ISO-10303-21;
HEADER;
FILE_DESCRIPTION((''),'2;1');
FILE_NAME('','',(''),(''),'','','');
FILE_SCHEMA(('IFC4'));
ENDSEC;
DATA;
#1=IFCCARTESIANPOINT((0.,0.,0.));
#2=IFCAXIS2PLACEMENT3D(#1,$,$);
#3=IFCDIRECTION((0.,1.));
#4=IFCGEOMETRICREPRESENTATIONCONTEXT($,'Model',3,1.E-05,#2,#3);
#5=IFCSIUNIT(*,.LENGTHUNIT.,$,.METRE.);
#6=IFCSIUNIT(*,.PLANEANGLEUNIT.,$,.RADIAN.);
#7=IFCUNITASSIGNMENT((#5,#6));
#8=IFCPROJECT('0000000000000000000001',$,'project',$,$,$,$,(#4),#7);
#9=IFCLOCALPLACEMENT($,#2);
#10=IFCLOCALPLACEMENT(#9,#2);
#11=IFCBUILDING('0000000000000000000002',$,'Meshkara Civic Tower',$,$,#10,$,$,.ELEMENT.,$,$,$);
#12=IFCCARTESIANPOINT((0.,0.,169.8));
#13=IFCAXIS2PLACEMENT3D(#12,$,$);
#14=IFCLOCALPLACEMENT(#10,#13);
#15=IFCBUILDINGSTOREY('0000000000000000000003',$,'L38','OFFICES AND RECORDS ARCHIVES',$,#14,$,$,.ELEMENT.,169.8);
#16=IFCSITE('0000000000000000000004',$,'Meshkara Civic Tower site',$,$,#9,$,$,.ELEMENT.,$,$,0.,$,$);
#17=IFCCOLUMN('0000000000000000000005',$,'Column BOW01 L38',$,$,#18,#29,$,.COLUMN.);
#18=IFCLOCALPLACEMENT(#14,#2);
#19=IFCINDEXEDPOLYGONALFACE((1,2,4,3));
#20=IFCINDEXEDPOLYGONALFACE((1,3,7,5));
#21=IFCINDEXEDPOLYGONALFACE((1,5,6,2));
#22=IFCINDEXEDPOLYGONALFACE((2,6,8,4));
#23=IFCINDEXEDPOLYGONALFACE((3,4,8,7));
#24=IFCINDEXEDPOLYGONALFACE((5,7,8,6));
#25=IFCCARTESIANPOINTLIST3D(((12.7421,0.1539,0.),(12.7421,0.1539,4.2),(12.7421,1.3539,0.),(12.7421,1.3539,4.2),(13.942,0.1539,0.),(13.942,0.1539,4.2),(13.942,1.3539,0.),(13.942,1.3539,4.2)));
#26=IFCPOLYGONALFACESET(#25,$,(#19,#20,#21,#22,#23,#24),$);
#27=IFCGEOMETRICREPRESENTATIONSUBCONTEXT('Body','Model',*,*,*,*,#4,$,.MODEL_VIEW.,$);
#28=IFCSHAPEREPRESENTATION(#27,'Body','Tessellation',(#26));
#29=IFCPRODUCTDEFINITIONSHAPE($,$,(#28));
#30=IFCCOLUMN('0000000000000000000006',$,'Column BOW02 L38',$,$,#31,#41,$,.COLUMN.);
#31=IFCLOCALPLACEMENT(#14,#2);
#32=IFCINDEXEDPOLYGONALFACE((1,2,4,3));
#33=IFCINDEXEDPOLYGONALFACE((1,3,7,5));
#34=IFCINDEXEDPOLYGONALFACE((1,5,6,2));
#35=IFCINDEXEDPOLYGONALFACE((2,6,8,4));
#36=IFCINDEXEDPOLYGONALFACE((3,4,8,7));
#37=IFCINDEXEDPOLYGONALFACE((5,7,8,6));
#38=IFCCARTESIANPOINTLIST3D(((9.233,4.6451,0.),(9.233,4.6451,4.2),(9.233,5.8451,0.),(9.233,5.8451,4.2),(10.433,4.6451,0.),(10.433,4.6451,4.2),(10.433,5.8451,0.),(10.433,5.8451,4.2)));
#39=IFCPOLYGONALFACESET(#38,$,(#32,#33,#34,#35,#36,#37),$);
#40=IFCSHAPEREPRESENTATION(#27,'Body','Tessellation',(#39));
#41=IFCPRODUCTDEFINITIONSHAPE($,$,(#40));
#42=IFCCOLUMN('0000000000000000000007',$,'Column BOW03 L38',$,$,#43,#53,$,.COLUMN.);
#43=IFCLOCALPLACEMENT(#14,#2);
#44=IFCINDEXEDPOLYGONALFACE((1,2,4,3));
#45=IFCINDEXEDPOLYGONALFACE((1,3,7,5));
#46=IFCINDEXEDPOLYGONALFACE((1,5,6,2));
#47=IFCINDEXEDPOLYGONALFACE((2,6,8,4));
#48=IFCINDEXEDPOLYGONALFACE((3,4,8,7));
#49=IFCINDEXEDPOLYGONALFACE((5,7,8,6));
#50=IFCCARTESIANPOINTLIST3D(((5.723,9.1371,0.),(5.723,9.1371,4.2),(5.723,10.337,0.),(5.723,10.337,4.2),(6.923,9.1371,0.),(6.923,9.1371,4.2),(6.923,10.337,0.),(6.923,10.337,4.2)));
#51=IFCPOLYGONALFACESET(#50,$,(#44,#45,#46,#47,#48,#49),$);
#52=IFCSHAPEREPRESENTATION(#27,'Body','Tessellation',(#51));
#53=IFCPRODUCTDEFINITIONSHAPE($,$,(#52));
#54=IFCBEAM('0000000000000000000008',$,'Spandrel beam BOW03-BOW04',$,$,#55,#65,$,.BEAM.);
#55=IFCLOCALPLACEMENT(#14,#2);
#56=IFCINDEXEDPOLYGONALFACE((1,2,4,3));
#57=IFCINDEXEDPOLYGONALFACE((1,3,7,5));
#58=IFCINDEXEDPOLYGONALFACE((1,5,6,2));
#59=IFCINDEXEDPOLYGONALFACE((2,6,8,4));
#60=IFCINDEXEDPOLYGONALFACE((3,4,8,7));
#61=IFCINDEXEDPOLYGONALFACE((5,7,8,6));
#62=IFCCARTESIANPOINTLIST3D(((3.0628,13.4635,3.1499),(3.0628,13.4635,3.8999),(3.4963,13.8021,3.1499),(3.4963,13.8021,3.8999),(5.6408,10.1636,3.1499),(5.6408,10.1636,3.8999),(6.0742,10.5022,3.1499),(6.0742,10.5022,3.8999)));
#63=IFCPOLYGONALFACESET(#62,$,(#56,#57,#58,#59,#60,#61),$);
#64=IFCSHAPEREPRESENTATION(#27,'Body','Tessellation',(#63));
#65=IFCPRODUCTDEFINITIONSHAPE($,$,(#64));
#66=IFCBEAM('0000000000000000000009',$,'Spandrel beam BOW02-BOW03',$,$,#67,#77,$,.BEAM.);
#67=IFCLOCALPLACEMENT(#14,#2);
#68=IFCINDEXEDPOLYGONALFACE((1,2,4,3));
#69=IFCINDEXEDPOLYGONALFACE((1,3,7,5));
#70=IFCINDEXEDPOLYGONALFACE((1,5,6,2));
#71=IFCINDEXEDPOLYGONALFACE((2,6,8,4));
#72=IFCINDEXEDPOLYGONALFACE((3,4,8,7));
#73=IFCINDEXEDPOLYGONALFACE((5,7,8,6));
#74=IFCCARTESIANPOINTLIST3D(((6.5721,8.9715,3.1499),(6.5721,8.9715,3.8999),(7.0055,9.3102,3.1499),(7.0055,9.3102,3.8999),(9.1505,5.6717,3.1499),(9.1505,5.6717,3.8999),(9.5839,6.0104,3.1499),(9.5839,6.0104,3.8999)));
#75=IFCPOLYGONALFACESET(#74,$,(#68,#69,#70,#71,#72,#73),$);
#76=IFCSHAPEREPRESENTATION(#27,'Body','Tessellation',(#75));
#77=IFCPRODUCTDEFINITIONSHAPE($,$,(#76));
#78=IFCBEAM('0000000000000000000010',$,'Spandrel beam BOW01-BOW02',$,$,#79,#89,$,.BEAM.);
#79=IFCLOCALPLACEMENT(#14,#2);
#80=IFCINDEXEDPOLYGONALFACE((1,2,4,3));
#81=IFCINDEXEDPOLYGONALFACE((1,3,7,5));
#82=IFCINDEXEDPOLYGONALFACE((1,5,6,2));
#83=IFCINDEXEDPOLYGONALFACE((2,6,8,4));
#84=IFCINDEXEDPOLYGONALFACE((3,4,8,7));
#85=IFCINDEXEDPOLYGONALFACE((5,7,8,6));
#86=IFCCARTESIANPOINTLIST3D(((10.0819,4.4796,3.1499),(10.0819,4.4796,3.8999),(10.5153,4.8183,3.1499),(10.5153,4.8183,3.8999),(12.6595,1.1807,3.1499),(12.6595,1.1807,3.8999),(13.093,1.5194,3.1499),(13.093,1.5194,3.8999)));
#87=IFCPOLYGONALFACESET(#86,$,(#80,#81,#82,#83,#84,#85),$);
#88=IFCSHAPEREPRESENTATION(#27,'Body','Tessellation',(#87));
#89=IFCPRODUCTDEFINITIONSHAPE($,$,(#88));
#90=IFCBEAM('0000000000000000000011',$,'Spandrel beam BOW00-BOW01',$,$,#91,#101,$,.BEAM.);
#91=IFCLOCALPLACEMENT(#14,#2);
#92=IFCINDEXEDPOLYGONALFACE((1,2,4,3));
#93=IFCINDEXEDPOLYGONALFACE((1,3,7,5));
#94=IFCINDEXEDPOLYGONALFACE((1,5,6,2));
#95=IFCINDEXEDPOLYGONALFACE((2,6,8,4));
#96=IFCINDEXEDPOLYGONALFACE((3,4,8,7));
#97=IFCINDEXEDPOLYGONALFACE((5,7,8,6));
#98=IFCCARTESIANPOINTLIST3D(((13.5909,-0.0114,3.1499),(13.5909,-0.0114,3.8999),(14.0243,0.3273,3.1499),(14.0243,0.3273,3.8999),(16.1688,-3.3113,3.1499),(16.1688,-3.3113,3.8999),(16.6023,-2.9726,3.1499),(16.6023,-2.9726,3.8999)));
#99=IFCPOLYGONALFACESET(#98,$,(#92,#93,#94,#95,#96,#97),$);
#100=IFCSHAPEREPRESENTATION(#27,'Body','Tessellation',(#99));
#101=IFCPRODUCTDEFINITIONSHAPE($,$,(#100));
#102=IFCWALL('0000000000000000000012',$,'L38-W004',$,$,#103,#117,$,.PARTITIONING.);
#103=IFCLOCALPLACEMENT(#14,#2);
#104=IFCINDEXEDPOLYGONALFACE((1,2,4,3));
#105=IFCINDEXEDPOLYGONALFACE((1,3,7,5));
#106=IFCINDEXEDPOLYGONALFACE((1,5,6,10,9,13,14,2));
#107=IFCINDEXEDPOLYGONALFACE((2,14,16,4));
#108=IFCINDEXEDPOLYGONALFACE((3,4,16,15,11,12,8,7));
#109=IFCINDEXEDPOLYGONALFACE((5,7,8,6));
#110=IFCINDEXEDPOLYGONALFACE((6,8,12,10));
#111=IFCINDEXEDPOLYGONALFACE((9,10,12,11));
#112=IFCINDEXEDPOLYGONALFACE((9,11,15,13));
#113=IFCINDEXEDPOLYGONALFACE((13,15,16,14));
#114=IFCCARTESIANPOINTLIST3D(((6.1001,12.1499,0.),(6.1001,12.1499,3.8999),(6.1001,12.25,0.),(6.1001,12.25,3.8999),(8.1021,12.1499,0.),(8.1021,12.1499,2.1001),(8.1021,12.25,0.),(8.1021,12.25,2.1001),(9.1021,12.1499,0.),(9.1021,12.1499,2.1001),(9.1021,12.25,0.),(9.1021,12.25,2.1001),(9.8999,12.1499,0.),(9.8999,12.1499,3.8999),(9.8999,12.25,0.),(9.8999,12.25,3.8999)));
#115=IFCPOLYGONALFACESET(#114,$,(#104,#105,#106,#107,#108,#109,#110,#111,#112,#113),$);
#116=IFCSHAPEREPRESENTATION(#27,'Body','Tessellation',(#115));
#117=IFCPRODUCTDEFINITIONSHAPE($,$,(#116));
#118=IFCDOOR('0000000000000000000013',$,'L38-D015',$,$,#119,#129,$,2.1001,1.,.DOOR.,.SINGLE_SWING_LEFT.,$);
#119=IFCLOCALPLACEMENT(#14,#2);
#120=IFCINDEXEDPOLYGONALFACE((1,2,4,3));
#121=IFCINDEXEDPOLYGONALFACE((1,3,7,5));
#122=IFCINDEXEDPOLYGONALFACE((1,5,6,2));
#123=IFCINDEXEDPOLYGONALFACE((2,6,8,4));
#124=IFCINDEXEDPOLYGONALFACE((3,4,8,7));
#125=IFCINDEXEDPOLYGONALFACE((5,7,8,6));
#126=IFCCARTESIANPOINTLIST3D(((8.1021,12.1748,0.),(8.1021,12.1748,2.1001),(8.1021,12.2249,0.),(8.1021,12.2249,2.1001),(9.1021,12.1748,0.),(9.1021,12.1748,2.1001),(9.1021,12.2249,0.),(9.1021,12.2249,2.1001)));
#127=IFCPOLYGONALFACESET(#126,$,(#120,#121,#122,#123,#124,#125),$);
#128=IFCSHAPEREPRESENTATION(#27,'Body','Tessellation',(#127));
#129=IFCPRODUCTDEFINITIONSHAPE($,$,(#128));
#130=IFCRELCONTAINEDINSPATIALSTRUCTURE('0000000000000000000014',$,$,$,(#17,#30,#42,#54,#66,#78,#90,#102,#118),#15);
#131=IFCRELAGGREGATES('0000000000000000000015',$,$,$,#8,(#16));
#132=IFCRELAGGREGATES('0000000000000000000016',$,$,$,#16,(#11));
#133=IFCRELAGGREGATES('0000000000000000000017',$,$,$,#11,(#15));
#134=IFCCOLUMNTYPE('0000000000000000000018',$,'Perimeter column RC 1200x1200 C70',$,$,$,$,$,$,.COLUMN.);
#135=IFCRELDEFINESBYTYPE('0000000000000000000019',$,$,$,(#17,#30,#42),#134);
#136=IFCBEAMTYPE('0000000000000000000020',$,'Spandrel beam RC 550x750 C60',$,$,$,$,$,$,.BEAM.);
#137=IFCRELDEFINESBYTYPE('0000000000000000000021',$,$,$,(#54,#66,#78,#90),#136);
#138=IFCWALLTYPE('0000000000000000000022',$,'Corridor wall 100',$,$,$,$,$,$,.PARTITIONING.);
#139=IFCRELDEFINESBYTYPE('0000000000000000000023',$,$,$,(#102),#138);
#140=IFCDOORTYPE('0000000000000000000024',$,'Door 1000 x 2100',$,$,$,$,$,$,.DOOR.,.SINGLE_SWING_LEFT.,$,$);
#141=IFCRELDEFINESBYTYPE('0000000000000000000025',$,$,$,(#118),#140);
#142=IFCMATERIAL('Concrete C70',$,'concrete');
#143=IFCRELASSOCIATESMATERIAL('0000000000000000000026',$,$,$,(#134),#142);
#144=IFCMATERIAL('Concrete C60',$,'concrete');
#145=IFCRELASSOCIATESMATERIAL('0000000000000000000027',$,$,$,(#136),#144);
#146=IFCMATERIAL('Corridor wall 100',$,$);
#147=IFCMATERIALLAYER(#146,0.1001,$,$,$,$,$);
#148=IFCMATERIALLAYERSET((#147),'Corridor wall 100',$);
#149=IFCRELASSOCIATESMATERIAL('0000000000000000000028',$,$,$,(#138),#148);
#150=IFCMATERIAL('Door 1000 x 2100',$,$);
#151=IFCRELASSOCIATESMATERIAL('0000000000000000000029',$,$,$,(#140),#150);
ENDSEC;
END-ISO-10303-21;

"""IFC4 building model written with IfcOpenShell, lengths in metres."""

from ifc_helpers import new_model, si_unit, direction, frame, frame_2d, origin, origin_2d, place, context, subcontext, project, spatial, rectangle, extrude, material, layer, layer_set, material_profile, profile_set, type_object, element, fill, save


model = new_model("IFC4")

# Units and contexts
model_context = context("Model", 3, precision=1e-05, world=origin(), true_north=direction((0.0, 1.0)))
body_context = subcontext(model_context, "Body", "Model", "MODEL_VIEW")
ifc_project = project(units=[si_unit("LENGTHUNIT", "METRE"), si_unit("PLANEANGLEUNIT", "RADIAN")], contexts=[model_context])

# Site, building, storey
site_placement = place(None, origin())
site = spatial("IfcSite", under=ifc_project, at=site_placement, Name="Meshkara Civic Tower site", CompositionType="ELEMENT", RefElevation=0.0)
building_placement = place(site_placement, origin())
building = spatial("IfcBuilding", under=site, at=building_placement, Name="Meshkara Civic Tower", CompositionType="ELEMENT")
storey_placement = place(building_placement, frame((0.0, 0.0, 169.8)))
storey = spatial("IfcBuildingStorey", under=building, at=storey_placement, Name="L38", Description="OFFICES AND RECORDS ARCHIVES", CompositionType="ELEMENT", Elevation=169.8)

# Columns
ifc_material_1 = material(Name="Concrete C70", Category="concrete")
ifc_material_profile_1 = material_profile(ifc_material_1, rectangle(XDim=1.2, YDim=1.2, at=origin_2d()))
ifc_profile_set_1 = profile_set([ifc_material_profile_1], Name="Concrete C70")
column_type = type_object("IfcColumnType", Name="Perimeter column RC 1200x1200 C70", PredefinedType="COLUMN", material=ifc_profile_set_1)
for number, where, z_axis, x_axis, name in (
    (1, (13.342, 0.7539, 0.0), (0.0, 0.0, 1.0), (1.0, 0.0, 0.0), "Column BOW01 L38"),
    (2, (9.833, 5.2451, 0.0), (0.0, 0.0, 1.0), (1.0, 0.0, 0.0), "Column BOW02 L38"),
    (3, (6.323, 9.7371, 0.0), (0.0, 0.0, 1.0), (1.0, 0.0, 0.0), "Column BOW03 L38"),
):
    element("IfcColumn", number, at=place(storey_placement, frame(where, z_axis=z_axis, x_axis=x_axis)), inside=storey, type_object=column_type, Name=name, PredefinedType="COLUMN", context=body_context, shape_type="SweptSolid", body=[
        extrude(rectangle(XDim=1.2, YDim=1.2, at=origin_2d()), origin(), (0.0, 0.0, 1.0), 4.2),
    ])

# Beams
ifc_material_2 = material(Name="Concrete C60", Category="concrete")
ifc_material_profile_2 = material_profile(ifc_material_2, rectangle(XDim=0.55, YDim=0.75, at=origin_2d()))
ifc_profile_set_2 = profile_set([ifc_material_profile_2], Name="Concrete C60")
beam_type = type_object("IfcBeamType", Name="Spandrel beam RC 550x750 C60", PredefinedType="BEAM", material=ifc_profile_set_2)
beam_1_placement = place(storey_placement, frame((3.2795, 13.6328, 3.5249), z_axis=(0.61563, -0.788035, 0.0), x_axis=(0.788035, 0.61563, 0.0)))
element("IfcBeam", 4, at=beam_1_placement, inside=storey, type_object=beam_type, Name="Spandrel beam BOW03-BOW04", PredefinedType="BEAM", context=body_context, shape_type="SweptSolid", body=[
    extrude(rectangle(XDim=0.55, YDim=0.75, at=origin_2d()), origin(), (0.0, 0.0, 1.0), 4.1875),
])
beam_2_placement = place(storey_placement, frame((6.7888, 9.1409, 3.5249), z_axis=(0.615703, -0.787978, 0.0), x_axis=(0.787978, 0.615703, 0.0)))
element("IfcBeam", 5, at=beam_2_placement, inside=storey, type_object=beam_type, Name="Spandrel beam BOW02-BOW03", PredefinedType="BEAM", context=body_context, shape_type="SweptSolid", body=[
    extrude(rectangle(XDim=0.55, YDim=0.75, at=origin_2d()), origin(), (0.0, 0.0, 1.0), 4.1877),
])
beam_3_placement = place(storey_placement, frame((10.2986, 4.6489, 3.5249), z_axis=(0.615707, -0.787975, 0.0), x_axis=(0.787975, 0.615707, 0.0)))
element("IfcBeam", 6, at=beam_3_placement, inside=storey, type_object=beam_type, Name="Spandrel beam BOW01-BOW02", PredefinedType="BEAM", context=body_context, shape_type="SweptSolid", body=[
    extrude(rectangle(XDim=0.55, YDim=0.75, at=origin_2d()), origin(), (0.0, 0.0, 1.0), 4.1865),
])
beam_4_placement = place(storey_placement, frame((13.8076, 0.158, 3.5249), z_axis=(0.61563, -0.788035, 0.0), x_axis=(0.788035, 0.61563, 0.0)))
element("IfcBeam", 7, at=beam_4_placement, inside=storey, type_object=beam_type, Name="Spandrel beam BOW00-BOW01", PredefinedType="BEAM", context=body_context, shape_type="SweptSolid", body=[
    extrude(rectangle(XDim=0.55, YDim=0.75, at=origin_2d()), origin(), (0.0, 0.0, 1.0), 4.1875),
])

# Wall, opening, door
ifc_material_3 = material(Name="Corridor wall 100")
ifc_layer_1 = layer(ifc_material_3, 0.1001)
ifc_layer_set_1 = layer_set([ifc_layer_1], Name="Corridor wall 100")
wall_type_1 = type_object("IfcWallType", Name="Corridor wall 100", PredefinedType="PARTITIONING", material=ifc_layer_set_1)
wall_1_placement = place(storey_placement, frame((6.1001, 12.2, 0.0), z_axis=(0.0, 0.0, 1.0), x_axis=(1.0, 0.0, 0.0)))
wall_1 = element("IfcWall", 8, at=wall_1_placement, inside=storey, type_object=wall_type_1, Name="L38-W004", PredefinedType="PARTITIONING", context=body_context, shape_type="SweptSolid", body=[
    extrude(rectangle(XDim=3.7998, YDim=0.1001, at=frame_2d((1.8999, 0.0))), origin(), (0.0, 0.0, 1.0), 3.8999),
])
opening_1_placement = place(wall_1_placement, frame((2.002, 0.0, 0.0)))
opening_1 = element("IfcOpeningElement", 9, at=opening_1_placement, cuts=wall_1, PredefinedType="OPENING", context=body_context, shape_type="SweptSolid", body=[
    extrude(rectangle(XDim=1.0, YDim=2.1001, at=frame_2d((0.5, 1.05))), frame((0.0, 0.0601, 0.0), z_axis=(0.0, -1.0, 0.0), x_axis=(1.0, 0.0, 0.0)), (0.0, 0.0, 1.0), 0.1201),
])
ifc_material_4 = material(Name="Door 1000 x 2100")
door_type_1 = type_object("IfcDoorType", Name="Door 1000 x 2100", OperationType="SINGLE_SWING_LEFT", PredefinedType="DOOR", material=ifc_material_4)
door_1_placement = place(opening_1_placement, origin())
door_1 = element("IfcDoor", 10, at=door_1_placement, inside=storey, type_object=door_type_1, Name="L38-D015", OperationType="SINGLE_SWING_LEFT", OverallHeight=2.1001, OverallWidth=1.0, PredefinedType="DOOR", context=body_context, shape_type="SweptSolid", body=[
    extrude(rectangle(XDim=1.0, YDim=2.1001, at=frame_2d((0.5, 1.05))), frame((0.0, 0.0249, 0.0), z_axis=(0.0, -1.0, 0.0), x_axis=(1.0, 0.0, 0.0)), (0.0, 0.0, 1.0), 0.05),
])
fill(opening_1, door_1)

save(model, "model.ifc")
